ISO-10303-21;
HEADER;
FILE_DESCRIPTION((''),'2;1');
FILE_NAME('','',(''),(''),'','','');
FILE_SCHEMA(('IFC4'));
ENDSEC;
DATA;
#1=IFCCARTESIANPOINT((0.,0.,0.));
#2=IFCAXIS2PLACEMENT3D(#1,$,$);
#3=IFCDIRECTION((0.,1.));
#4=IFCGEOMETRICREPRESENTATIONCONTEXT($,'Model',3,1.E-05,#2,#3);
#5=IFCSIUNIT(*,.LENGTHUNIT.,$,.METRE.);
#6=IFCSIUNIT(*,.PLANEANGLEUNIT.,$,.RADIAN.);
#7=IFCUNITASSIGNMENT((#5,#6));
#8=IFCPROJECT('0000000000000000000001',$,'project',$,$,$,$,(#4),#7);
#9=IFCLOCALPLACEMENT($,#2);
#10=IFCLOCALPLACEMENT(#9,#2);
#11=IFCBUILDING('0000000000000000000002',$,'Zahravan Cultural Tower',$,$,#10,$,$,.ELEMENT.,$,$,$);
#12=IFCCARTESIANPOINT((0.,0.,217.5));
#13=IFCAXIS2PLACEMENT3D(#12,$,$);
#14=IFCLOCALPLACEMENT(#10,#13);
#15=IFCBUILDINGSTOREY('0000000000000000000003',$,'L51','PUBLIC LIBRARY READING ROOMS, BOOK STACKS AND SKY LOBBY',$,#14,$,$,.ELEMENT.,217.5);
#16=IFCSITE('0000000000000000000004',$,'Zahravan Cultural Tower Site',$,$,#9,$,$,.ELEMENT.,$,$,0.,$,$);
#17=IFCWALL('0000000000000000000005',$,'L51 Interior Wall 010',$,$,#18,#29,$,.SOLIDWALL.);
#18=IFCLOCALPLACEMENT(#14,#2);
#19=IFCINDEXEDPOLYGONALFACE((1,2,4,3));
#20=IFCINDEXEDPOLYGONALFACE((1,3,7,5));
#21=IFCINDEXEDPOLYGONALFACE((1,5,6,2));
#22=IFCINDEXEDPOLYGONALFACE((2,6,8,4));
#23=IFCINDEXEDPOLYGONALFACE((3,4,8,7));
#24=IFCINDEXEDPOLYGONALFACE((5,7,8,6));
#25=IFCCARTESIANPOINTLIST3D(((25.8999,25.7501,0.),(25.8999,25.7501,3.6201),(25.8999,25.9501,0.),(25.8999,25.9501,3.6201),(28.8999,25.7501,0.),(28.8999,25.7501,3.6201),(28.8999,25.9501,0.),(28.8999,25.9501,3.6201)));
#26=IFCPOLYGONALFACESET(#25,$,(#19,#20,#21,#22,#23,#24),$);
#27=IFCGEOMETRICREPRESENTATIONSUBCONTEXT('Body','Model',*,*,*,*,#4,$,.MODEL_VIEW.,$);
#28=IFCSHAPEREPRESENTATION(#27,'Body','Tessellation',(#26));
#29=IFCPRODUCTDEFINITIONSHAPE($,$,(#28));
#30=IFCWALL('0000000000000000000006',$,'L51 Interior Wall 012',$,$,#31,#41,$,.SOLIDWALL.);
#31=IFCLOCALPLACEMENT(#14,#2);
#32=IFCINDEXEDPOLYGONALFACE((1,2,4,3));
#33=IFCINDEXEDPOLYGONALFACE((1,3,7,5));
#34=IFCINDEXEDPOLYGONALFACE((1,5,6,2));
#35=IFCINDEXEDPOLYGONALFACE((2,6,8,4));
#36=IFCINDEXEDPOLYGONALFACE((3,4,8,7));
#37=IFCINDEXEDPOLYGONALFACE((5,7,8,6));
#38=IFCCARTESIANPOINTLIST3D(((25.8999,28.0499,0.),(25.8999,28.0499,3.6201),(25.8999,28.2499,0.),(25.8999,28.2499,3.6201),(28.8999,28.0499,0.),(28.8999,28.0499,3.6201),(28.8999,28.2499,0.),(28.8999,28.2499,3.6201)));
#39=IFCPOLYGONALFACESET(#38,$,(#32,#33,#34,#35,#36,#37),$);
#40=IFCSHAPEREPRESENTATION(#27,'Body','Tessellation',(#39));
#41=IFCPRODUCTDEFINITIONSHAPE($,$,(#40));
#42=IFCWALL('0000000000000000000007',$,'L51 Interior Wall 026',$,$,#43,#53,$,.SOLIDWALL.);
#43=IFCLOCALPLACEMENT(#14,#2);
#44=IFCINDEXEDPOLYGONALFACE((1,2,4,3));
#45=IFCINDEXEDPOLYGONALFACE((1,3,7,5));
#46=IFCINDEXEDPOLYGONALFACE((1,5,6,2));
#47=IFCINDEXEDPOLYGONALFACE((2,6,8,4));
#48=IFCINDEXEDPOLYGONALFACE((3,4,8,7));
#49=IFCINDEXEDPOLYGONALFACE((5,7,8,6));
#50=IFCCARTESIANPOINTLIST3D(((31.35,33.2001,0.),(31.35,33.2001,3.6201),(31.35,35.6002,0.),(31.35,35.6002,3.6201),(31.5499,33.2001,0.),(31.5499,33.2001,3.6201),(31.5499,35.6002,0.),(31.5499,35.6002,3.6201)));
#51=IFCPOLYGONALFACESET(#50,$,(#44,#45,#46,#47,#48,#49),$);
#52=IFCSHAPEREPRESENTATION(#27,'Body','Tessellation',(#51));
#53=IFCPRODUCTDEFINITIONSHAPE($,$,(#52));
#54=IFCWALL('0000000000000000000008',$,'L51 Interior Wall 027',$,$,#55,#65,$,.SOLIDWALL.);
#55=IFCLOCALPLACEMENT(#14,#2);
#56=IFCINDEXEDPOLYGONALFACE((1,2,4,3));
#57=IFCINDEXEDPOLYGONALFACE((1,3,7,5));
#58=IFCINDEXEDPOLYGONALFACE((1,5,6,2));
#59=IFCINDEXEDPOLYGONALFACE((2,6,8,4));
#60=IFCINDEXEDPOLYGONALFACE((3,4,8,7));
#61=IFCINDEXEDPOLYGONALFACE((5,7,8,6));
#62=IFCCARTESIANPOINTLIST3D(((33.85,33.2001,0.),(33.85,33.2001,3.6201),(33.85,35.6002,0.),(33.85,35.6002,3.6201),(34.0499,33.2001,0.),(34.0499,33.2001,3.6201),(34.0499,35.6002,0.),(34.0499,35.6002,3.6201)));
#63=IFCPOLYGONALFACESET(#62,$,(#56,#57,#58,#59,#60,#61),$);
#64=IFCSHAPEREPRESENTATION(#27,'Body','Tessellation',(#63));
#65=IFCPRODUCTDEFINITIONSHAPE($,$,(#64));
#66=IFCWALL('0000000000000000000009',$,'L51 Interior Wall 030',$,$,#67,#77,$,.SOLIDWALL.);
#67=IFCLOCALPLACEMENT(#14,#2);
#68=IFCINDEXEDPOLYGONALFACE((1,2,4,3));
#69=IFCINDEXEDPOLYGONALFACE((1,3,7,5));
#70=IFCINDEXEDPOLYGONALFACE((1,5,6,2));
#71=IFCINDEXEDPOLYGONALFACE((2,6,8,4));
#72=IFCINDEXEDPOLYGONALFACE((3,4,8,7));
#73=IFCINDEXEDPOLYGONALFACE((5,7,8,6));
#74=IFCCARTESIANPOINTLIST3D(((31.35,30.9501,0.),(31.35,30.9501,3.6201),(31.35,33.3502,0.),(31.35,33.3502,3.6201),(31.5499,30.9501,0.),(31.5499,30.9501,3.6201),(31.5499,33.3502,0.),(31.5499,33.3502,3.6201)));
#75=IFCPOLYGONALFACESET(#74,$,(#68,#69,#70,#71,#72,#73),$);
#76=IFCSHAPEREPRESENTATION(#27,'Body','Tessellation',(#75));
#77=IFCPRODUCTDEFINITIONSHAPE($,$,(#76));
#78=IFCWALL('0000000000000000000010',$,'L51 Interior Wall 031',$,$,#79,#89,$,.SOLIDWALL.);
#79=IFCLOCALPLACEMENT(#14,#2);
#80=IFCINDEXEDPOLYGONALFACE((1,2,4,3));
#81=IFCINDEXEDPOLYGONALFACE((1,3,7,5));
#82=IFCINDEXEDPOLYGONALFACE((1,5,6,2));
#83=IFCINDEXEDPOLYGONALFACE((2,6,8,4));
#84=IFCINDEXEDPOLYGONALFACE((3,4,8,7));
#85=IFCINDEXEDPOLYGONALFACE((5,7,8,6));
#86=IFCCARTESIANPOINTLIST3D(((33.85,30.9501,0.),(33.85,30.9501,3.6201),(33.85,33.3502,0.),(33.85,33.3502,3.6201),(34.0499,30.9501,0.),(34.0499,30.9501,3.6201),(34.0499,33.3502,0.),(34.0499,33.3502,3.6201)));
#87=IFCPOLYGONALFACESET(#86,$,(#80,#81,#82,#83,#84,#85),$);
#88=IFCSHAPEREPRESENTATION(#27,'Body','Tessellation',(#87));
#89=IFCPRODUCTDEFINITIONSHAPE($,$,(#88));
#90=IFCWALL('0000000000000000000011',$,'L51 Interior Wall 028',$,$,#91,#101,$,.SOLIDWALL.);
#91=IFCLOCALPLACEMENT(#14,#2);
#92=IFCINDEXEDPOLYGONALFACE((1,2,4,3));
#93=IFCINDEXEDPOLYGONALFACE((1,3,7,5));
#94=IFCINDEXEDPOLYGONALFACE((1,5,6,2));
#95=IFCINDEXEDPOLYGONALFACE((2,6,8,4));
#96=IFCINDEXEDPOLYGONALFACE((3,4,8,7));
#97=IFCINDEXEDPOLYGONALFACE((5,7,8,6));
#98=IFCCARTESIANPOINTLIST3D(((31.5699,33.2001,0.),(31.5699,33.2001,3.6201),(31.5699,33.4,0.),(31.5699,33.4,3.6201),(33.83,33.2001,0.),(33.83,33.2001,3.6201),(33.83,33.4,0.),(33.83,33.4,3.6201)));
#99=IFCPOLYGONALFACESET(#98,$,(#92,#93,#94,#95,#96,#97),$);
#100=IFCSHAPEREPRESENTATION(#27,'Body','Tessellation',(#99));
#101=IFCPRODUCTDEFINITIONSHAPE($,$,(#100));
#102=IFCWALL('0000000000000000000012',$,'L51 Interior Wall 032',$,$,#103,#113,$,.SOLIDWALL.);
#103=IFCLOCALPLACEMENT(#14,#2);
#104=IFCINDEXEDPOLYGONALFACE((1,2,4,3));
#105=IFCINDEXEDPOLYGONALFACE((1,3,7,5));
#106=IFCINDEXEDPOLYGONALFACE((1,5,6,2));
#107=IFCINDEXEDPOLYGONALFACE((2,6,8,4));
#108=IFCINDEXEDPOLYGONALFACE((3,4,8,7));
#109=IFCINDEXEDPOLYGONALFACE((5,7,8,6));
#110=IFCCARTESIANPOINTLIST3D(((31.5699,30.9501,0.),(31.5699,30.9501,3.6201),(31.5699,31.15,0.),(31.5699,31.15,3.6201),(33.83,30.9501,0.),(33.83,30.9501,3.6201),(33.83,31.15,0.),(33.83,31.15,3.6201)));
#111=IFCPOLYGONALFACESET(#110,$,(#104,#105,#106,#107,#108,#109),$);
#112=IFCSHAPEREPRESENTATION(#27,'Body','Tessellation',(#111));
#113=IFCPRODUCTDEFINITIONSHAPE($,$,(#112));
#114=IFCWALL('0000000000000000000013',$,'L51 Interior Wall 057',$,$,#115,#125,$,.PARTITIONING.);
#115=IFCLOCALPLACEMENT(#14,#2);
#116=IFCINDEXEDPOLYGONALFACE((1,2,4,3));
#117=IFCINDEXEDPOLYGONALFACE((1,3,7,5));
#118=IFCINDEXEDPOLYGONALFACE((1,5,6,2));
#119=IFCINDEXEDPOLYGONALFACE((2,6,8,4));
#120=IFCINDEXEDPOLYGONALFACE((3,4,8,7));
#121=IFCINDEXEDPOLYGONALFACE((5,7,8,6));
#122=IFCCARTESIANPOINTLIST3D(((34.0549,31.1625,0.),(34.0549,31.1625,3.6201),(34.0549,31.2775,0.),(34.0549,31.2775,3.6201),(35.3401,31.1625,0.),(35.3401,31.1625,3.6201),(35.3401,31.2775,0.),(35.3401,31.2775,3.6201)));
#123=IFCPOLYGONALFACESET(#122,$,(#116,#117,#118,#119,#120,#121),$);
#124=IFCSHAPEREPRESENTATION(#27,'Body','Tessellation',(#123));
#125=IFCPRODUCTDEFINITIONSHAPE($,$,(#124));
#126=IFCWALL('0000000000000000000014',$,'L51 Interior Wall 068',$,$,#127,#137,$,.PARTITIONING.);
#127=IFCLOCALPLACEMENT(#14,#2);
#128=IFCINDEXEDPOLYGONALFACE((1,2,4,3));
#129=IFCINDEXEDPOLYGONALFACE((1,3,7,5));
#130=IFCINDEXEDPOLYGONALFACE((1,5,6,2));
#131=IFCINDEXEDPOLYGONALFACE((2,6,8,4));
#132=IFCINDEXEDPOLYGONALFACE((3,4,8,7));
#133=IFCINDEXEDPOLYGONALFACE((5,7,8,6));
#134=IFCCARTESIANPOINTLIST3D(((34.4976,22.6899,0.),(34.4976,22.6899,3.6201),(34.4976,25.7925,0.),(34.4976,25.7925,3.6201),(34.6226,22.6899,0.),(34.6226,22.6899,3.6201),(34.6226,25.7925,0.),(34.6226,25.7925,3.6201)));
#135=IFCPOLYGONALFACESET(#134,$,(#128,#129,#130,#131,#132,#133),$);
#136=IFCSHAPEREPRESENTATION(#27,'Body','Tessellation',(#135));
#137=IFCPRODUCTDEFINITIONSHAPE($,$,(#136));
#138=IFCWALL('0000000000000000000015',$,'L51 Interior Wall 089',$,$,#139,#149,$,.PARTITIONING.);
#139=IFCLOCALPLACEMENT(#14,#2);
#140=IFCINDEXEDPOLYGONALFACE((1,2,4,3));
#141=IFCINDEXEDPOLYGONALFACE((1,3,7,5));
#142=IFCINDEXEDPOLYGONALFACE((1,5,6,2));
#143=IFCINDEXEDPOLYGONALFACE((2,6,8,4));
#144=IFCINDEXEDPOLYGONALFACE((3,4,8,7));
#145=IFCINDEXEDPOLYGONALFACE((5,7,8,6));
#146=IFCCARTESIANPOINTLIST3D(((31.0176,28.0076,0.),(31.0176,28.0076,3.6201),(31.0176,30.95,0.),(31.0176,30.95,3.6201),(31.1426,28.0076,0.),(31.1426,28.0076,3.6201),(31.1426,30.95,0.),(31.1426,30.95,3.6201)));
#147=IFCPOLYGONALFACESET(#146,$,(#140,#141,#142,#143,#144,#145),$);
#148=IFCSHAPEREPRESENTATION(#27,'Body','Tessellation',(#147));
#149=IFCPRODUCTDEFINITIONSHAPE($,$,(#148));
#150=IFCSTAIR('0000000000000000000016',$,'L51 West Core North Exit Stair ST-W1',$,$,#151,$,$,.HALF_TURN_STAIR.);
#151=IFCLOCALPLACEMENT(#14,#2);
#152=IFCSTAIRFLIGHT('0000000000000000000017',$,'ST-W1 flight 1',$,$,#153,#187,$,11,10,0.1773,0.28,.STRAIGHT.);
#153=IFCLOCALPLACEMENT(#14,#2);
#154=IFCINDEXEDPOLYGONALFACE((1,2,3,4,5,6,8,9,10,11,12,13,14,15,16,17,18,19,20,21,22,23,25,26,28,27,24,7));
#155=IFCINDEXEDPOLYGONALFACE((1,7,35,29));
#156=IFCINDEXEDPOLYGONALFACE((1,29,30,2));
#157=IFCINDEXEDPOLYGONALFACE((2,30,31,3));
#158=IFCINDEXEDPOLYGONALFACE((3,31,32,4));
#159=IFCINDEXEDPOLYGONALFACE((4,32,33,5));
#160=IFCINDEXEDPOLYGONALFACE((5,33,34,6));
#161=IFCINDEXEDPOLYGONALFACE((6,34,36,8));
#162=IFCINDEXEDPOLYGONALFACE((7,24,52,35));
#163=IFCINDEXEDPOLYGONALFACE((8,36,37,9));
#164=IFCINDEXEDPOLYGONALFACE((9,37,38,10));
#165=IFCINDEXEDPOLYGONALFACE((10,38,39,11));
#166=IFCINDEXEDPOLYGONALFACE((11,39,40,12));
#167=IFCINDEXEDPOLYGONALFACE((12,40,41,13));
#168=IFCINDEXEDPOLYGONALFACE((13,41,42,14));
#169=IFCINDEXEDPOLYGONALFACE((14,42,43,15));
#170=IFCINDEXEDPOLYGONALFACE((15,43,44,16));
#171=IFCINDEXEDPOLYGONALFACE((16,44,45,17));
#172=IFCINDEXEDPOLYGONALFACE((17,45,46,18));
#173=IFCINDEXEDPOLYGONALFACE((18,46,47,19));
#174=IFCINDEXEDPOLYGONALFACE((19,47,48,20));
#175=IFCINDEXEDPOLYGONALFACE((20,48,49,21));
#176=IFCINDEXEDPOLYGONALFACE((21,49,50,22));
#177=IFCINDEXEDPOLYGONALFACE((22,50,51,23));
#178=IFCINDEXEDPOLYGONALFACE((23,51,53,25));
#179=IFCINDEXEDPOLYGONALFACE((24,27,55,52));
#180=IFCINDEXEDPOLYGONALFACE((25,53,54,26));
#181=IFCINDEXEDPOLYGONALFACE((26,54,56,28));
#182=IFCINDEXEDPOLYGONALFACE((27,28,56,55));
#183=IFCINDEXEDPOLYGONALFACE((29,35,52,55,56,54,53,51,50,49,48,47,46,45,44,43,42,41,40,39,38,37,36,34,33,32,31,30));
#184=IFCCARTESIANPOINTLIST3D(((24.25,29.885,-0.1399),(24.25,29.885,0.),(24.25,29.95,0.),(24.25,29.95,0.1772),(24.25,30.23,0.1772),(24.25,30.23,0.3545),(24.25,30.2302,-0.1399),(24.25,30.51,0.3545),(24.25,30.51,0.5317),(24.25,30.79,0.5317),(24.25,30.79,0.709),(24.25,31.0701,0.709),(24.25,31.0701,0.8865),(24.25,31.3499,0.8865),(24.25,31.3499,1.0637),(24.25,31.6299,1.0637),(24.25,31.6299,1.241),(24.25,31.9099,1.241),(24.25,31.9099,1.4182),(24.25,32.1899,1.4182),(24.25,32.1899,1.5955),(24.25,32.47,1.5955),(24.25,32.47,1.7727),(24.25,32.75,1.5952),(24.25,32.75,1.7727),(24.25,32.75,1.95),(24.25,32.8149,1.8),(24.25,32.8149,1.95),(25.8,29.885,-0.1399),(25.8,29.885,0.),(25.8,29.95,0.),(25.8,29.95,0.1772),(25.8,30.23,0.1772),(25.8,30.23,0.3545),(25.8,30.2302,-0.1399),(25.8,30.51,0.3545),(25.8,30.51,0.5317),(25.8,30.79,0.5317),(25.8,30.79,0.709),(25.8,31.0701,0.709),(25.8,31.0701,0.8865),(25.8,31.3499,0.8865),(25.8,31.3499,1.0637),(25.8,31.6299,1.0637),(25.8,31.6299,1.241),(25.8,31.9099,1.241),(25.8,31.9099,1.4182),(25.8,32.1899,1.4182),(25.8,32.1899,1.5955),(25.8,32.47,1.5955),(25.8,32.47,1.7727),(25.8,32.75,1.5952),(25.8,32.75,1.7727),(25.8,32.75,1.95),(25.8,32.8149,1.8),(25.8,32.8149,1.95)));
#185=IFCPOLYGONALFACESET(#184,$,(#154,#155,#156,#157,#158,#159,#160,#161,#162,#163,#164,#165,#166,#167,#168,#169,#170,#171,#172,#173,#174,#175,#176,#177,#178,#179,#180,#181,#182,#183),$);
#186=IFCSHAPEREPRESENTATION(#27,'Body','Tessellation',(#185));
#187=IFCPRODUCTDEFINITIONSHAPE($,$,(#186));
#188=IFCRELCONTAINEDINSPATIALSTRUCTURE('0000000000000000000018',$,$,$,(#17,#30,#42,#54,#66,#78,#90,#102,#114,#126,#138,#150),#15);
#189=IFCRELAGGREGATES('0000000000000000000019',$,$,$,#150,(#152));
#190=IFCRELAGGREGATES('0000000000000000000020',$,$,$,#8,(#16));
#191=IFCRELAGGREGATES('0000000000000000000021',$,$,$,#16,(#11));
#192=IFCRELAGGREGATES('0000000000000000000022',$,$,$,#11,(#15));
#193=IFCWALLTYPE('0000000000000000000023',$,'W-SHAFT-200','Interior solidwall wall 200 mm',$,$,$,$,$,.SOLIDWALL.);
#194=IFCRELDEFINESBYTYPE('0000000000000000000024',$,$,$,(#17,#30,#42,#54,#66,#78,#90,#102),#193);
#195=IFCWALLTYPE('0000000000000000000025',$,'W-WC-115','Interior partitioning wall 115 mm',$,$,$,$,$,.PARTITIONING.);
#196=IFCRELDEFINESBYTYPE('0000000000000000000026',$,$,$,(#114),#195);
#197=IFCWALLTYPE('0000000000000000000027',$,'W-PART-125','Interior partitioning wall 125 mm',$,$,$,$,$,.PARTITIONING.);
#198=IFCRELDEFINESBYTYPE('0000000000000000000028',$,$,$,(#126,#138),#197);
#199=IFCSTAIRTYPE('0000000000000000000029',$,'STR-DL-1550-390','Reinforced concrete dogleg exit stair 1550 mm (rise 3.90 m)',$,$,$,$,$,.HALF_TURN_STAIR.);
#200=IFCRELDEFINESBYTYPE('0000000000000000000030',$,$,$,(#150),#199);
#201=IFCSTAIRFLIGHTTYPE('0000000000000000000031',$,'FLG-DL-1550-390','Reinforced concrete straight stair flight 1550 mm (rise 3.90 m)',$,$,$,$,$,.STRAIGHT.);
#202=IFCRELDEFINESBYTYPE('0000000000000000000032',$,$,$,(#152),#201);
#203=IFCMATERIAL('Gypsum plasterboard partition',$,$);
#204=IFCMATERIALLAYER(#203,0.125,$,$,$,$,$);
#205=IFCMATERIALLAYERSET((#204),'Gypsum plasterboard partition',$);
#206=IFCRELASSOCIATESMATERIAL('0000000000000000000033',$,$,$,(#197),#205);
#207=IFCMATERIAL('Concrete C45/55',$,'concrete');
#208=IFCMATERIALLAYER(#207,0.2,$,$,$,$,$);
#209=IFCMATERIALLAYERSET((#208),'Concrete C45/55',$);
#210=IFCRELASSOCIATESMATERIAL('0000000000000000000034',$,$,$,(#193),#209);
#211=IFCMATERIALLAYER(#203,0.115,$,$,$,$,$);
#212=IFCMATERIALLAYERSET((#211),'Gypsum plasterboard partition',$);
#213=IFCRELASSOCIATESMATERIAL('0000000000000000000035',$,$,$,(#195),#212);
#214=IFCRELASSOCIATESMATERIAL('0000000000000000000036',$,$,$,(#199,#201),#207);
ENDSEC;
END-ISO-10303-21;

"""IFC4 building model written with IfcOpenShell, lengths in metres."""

from ifc_helpers import new_model, si_unit, direction, frame, frame_2d, origin, place, context, subcontext, project, spatial, polyline, rectangle, outline, extrude, source, transform, mapped, material, layer, layer_set, type_object, element, aggregate, save


model = new_model("IFC4")

# Units and contexts
model_context = context("Model", 3, precision=1e-05, world=origin(), true_north=direction((0.0, 1.0)))
body_context = subcontext(model_context, "Body", "Model", "MODEL_VIEW")
ifc_project = project(units=[si_unit("LENGTHUNIT", "METRE"), si_unit("PLANEANGLEUNIT", "RADIAN")], contexts=[model_context])

# Site, building, storey
site_placement = place(None, origin())
site = spatial("IfcSite", under=ifc_project, at=site_placement, Name="Zahravan Cultural Tower Site", CompositionType="ELEMENT", RefElevation=0.0)
building_placement = place(site_placement, origin())
building = spatial("IfcBuilding", under=site, at=building_placement, Name="Zahravan Cultural Tower", CompositionType="ELEMENT")
storey_placement = place(building_placement, frame((0.0, 0.0, 217.5)))
storey = spatial("IfcBuildingStorey", under=building, at=storey_placement, Name="L51", Description="PUBLIC LIBRARY READING ROOMS, BOOK STACKS AND SKY LOBBY", CompositionType="ELEMENT", Elevation=217.5)

# Shared definitions
ifc_material_1 = material(Name="Gypsum plasterboard partition")
ifc_layer_1 = layer(ifc_material_1, 0.125)
ifc_layer_set_1 = layer_set([ifc_layer_1], Name="Gypsum plasterboard partition")
wall_type_1 = type_object("IfcWallType", Name="W-PART-125", Description="Interior partitioning wall 125 mm", PredefinedType="PARTITIONING", material=ifc_layer_set_1)
ifc_material_2 = material(Name="Concrete C45/55", Category="concrete")
ifc_layer_2 = layer(ifc_material_2, 0.2)
ifc_layer_set_2 = layer_set([ifc_layer_2], Name="Concrete C45/55")
wall_type_2 = type_object("IfcWallType", Name="W-SHAFT-200", Description="Interior solidwall wall 200 mm", PredefinedType="SOLIDWALL", material=ifc_layer_set_2)

# Walls
shared_shape_1 = source(origin(), body_context, "Body", "SweptSolid", [
    extrude(rectangle(XDim=3.0, YDim=0.2, at=frame_2d((1.5, 0.0))), origin(), (0.0, 0.0, 1.0), 3.6201),
])
for number, where, z_axis, x_axis, name in (
    (1, (25.8999, 25.8501, 0.0), (0.0, 0.0, 1.0), (1.0, 0.0, 0.0), "L51 Interior Wall 010"),
    (2, (25.8999, 28.1499, 0.0), (0.0, 0.0, 1.0), (1.0, 0.0, 0.0), "L51 Interior Wall 012"),
):
    element("IfcWall", number, at=place(storey_placement, frame(where, z_axis=z_axis, x_axis=x_axis)), inside=storey, type_object=wall_type_2, Name=name, PredefinedType="SOLIDWALL", context=body_context, shape_type="MappedRepresentation", body=[
        mapped(shared_shape_1, transform((0.0, 0.0, 0.0), x_axis=(1.0, 0.0, 0.0), y_axis=(0.0, 1.0, 0.0), z_axis=(0.0, 0.0, 1.0), scale=1.0)),
    ])
shared_shape_2 = source(origin(), body_context, "Body", "SweptSolid", [
    extrude(rectangle(XDim=2.4001, YDim=0.2, at=frame_2d((1.2002, 0.0))), origin(), (0.0, 0.0, 1.0), 3.6201),
])
for number, where, z_axis, x_axis, name in (
    (3, (31.45, 33.2, 0.0), (0.0, 0.0, 1.0), (0.0, 1.0, 0.0), "L51 Interior Wall 026"),
    (4, (33.95, 33.2, 0.0), (0.0, 0.0, 1.0), (0.0, 1.0, 0.0), "L51 Interior Wall 027"),
    (5, (31.45, 30.95, 0.0), (0.0, 0.0, 1.0), (0.0, 1.0, 0.0), "L51 Interior Wall 030"),
    (6, (33.95, 30.95, 0.0), (0.0, 0.0, 1.0), (0.0, 1.0, 0.0), "L51 Interior Wall 031"),
):
    element("IfcWall", number, at=place(storey_placement, frame(where, z_axis=z_axis, x_axis=x_axis)), inside=storey, type_object=wall_type_2, Name=name, PredefinedType="SOLIDWALL", context=body_context, shape_type="MappedRepresentation", body=[
        mapped(shared_shape_2, transform((0.0, 0.0, 0.0), x_axis=(1.0, 0.0, 0.0), y_axis=(0.0, 1.0, 0.0), z_axis=(0.0, 0.0, 1.0), scale=1.0)),
    ])
shared_shape_3 = source(origin(), body_context, "Body", "SweptSolid", [
    extrude(rectangle(XDim=2.26, YDim=0.2, at=frame_2d((1.1299, 0.0))), origin(), (0.0, 0.0, 1.0), 3.6201),
])
for number, where, z_axis, x_axis, name in (
    (7, (31.5701, 33.3, 0.0), (0.0, 0.0, 1.0), (1.0, 0.0, 0.0), "L51 Interior Wall 028"),
    (8, (31.5701, 31.05, 0.0), (0.0, 0.0, 1.0), (1.0, 0.0, 0.0), "L51 Interior Wall 032"),
):
    element("IfcWall", number, at=place(storey_placement, frame(where, z_axis=z_axis, x_axis=x_axis)), inside=storey, type_object=wall_type_2, Name=name, PredefinedType="SOLIDWALL", context=body_context, shape_type="MappedRepresentation", body=[
        mapped(shared_shape_3, transform((0.0, 0.0, 0.0), x_axis=(1.0, 0.0, 0.0), y_axis=(0.0, 1.0, 0.0), z_axis=(0.0, 0.0, 1.0), scale=1.0)),
    ])
ifc_layer_3 = layer(ifc_material_1, 0.115)
ifc_layer_set_3 = layer_set([ifc_layer_3], Name="Gypsum plasterboard partition")
wall_type_3 = type_object("IfcWallType", Name="W-WC-115", Description="Interior partitioning wall 115 mm", PredefinedType="PARTITIONING", material=ifc_layer_set_3)
shared_shape_4 = source(origin(), body_context, "Body", "SweptSolid", [
    extrude(rectangle(XDim=1.2852, YDim=0.115, at=frame_2d((0.6426, 0.0))), origin(), (0.0, 0.0, 1.0), 3.6201),
])
wall_1_placement = place(storey_placement, frame((35.3401, 31.22, 0.0), z_axis=(0.0, 0.0, 1.0), x_axis=(-1.0, 0.0, 0.0)))
element("IfcWall", 9, at=wall_1_placement, inside=storey, type_object=wall_type_3, Name="L51 Interior Wall 057", PredefinedType="PARTITIONING", context=body_context, shape_type="MappedRepresentation", body=[
    mapped(shared_shape_4, transform((0.0, 0.0, 0.0), x_axis=(1.0, 0.0, 0.0), y_axis=(0.0, 1.0, 0.0), z_axis=(0.0, 0.0, 1.0), scale=1.0)),
])
shared_shape_5 = source(origin(), body_context, "Body", "SweptSolid", [
    extrude(rectangle(XDim=3.1025, YDim=0.125, at=frame_2d((1.5513, 0.0))), origin(), (0.0, 0.0, 1.0), 3.6201),
])
wall_2_placement = place(storey_placement, frame((34.5601, 25.7925, 0.0), z_axis=(0.0, 0.0, 1.0), x_axis=(0.0, -1.0, 0.0)))
element("IfcWall", 10, at=wall_2_placement, inside=storey, type_object=wall_type_1, Name="L51 Interior Wall 068", PredefinedType="PARTITIONING", context=body_context, shape_type="MappedRepresentation", body=[
    mapped(shared_shape_5, transform((0.0, 0.0, 0.0), x_axis=(1.0, 0.0, 0.0), y_axis=(0.0, 1.0, 0.0), z_axis=(0.0, 0.0, 1.0), scale=1.0)),
])
shared_shape_6 = source(origin(), body_context, "Body", "SweptSolid", [
    extrude(rectangle(XDim=2.9424, YDim=0.125, at=frame_2d((1.4712, 0.0))), origin(), (0.0, 0.0, 1.0), 3.6201),
])
wall_3_placement = place(storey_placement, frame((31.0801, 28.0076, 0.0), z_axis=(0.0, 0.0, 1.0), x_axis=(0.0, 1.0, 0.0)))
element("IfcWall", 11, at=wall_3_placement, inside=storey, type_object=wall_type_1, Name="L51 Interior Wall 089", PredefinedType="PARTITIONING", context=body_context, shape_type="MappedRepresentation", body=[
    mapped(shared_shape_6, transform((0.0, 0.0, 0.0), x_axis=(1.0, 0.0, 0.0), y_axis=(0.0, 1.0, 0.0), z_axis=(0.0, 0.0, 1.0), scale=1.0)),
])

# Stair, stair flight
stair_type = type_object("IfcStairType", Name="STR-DL-1550-390", Description="Reinforced concrete dogleg exit stair 1550 mm (rise 3.90 m)", PredefinedType="HALF_TURN_STAIR", material=ifc_material_2)
stair_placement = place(storey_placement, origin())
stair = element("IfcStair", 12, at=stair_placement, inside=storey, type_object=stair_type, Name="L51 West Core North Exit Stair ST-W1", PredefinedType="HALF_TURN_STAIR")
stair_flight_type = type_object("IfcStairFlightType", Name="FLG-DL-1550-390", Description="Reinforced concrete straight stair flight 1550 mm (rise 3.90 m)", PredefinedType="STRAIGHT", material=ifc_material_2)
stair_flight_placement = place(storey_placement, frame((25.0249, 29.95, 0.0), z_axis=(0.0, 0.0, 1.0), x_axis=(0.0, 1.0, 0.0)))
stair_flight = element("IfcStairFlight", 13, at=stair_flight_placement, type_object=stair_flight_type, Name="ST-W1 flight 1", NumberOfRisers=11, NumberOfTreads=10, PredefinedType="STRAIGHT", RiserHeight=0.1773, TreadLength=0.28, context=body_context, shape_type="SweptSolid", body=[
    extrude(outline(polyline([(-0.0649, -0.1399), (-0.0649, 0.0), (0.0, 0.0), (0.0, 0.1772), (0.28, 0.1772), (0.28, 0.3545), (0.5601, 0.3545), (0.5601, 0.5317), (0.8401, 0.5317), (0.8401, 0.709), (1.1201, 0.709), (1.1201, 0.8865), (1.3999, 0.8865), (1.3999, 1.0637), (1.6799, 1.0637), (1.6799, 1.241), (1.96, 1.241), (1.96, 1.4182), (2.24, 1.4182), (2.24, 1.5955), (2.52, 1.5955), (2.52, 1.7727), (2.8, 1.7727), (2.8, 1.95), (2.865, 1.95), (2.865, 1.8), (2.8, 1.5952), (0.2803, -0.1399), (-0.0649, -0.1399)])), frame((0.0, 0.7749, 0.0), z_axis=(0.0, -1.0, 0.0), x_axis=(1.0, 0.0, 0.0)), (0.0, 0.0, 1.0), 1.55),
])
aggregate(stair, [stair_flight])

save(model, "model.ifc")
